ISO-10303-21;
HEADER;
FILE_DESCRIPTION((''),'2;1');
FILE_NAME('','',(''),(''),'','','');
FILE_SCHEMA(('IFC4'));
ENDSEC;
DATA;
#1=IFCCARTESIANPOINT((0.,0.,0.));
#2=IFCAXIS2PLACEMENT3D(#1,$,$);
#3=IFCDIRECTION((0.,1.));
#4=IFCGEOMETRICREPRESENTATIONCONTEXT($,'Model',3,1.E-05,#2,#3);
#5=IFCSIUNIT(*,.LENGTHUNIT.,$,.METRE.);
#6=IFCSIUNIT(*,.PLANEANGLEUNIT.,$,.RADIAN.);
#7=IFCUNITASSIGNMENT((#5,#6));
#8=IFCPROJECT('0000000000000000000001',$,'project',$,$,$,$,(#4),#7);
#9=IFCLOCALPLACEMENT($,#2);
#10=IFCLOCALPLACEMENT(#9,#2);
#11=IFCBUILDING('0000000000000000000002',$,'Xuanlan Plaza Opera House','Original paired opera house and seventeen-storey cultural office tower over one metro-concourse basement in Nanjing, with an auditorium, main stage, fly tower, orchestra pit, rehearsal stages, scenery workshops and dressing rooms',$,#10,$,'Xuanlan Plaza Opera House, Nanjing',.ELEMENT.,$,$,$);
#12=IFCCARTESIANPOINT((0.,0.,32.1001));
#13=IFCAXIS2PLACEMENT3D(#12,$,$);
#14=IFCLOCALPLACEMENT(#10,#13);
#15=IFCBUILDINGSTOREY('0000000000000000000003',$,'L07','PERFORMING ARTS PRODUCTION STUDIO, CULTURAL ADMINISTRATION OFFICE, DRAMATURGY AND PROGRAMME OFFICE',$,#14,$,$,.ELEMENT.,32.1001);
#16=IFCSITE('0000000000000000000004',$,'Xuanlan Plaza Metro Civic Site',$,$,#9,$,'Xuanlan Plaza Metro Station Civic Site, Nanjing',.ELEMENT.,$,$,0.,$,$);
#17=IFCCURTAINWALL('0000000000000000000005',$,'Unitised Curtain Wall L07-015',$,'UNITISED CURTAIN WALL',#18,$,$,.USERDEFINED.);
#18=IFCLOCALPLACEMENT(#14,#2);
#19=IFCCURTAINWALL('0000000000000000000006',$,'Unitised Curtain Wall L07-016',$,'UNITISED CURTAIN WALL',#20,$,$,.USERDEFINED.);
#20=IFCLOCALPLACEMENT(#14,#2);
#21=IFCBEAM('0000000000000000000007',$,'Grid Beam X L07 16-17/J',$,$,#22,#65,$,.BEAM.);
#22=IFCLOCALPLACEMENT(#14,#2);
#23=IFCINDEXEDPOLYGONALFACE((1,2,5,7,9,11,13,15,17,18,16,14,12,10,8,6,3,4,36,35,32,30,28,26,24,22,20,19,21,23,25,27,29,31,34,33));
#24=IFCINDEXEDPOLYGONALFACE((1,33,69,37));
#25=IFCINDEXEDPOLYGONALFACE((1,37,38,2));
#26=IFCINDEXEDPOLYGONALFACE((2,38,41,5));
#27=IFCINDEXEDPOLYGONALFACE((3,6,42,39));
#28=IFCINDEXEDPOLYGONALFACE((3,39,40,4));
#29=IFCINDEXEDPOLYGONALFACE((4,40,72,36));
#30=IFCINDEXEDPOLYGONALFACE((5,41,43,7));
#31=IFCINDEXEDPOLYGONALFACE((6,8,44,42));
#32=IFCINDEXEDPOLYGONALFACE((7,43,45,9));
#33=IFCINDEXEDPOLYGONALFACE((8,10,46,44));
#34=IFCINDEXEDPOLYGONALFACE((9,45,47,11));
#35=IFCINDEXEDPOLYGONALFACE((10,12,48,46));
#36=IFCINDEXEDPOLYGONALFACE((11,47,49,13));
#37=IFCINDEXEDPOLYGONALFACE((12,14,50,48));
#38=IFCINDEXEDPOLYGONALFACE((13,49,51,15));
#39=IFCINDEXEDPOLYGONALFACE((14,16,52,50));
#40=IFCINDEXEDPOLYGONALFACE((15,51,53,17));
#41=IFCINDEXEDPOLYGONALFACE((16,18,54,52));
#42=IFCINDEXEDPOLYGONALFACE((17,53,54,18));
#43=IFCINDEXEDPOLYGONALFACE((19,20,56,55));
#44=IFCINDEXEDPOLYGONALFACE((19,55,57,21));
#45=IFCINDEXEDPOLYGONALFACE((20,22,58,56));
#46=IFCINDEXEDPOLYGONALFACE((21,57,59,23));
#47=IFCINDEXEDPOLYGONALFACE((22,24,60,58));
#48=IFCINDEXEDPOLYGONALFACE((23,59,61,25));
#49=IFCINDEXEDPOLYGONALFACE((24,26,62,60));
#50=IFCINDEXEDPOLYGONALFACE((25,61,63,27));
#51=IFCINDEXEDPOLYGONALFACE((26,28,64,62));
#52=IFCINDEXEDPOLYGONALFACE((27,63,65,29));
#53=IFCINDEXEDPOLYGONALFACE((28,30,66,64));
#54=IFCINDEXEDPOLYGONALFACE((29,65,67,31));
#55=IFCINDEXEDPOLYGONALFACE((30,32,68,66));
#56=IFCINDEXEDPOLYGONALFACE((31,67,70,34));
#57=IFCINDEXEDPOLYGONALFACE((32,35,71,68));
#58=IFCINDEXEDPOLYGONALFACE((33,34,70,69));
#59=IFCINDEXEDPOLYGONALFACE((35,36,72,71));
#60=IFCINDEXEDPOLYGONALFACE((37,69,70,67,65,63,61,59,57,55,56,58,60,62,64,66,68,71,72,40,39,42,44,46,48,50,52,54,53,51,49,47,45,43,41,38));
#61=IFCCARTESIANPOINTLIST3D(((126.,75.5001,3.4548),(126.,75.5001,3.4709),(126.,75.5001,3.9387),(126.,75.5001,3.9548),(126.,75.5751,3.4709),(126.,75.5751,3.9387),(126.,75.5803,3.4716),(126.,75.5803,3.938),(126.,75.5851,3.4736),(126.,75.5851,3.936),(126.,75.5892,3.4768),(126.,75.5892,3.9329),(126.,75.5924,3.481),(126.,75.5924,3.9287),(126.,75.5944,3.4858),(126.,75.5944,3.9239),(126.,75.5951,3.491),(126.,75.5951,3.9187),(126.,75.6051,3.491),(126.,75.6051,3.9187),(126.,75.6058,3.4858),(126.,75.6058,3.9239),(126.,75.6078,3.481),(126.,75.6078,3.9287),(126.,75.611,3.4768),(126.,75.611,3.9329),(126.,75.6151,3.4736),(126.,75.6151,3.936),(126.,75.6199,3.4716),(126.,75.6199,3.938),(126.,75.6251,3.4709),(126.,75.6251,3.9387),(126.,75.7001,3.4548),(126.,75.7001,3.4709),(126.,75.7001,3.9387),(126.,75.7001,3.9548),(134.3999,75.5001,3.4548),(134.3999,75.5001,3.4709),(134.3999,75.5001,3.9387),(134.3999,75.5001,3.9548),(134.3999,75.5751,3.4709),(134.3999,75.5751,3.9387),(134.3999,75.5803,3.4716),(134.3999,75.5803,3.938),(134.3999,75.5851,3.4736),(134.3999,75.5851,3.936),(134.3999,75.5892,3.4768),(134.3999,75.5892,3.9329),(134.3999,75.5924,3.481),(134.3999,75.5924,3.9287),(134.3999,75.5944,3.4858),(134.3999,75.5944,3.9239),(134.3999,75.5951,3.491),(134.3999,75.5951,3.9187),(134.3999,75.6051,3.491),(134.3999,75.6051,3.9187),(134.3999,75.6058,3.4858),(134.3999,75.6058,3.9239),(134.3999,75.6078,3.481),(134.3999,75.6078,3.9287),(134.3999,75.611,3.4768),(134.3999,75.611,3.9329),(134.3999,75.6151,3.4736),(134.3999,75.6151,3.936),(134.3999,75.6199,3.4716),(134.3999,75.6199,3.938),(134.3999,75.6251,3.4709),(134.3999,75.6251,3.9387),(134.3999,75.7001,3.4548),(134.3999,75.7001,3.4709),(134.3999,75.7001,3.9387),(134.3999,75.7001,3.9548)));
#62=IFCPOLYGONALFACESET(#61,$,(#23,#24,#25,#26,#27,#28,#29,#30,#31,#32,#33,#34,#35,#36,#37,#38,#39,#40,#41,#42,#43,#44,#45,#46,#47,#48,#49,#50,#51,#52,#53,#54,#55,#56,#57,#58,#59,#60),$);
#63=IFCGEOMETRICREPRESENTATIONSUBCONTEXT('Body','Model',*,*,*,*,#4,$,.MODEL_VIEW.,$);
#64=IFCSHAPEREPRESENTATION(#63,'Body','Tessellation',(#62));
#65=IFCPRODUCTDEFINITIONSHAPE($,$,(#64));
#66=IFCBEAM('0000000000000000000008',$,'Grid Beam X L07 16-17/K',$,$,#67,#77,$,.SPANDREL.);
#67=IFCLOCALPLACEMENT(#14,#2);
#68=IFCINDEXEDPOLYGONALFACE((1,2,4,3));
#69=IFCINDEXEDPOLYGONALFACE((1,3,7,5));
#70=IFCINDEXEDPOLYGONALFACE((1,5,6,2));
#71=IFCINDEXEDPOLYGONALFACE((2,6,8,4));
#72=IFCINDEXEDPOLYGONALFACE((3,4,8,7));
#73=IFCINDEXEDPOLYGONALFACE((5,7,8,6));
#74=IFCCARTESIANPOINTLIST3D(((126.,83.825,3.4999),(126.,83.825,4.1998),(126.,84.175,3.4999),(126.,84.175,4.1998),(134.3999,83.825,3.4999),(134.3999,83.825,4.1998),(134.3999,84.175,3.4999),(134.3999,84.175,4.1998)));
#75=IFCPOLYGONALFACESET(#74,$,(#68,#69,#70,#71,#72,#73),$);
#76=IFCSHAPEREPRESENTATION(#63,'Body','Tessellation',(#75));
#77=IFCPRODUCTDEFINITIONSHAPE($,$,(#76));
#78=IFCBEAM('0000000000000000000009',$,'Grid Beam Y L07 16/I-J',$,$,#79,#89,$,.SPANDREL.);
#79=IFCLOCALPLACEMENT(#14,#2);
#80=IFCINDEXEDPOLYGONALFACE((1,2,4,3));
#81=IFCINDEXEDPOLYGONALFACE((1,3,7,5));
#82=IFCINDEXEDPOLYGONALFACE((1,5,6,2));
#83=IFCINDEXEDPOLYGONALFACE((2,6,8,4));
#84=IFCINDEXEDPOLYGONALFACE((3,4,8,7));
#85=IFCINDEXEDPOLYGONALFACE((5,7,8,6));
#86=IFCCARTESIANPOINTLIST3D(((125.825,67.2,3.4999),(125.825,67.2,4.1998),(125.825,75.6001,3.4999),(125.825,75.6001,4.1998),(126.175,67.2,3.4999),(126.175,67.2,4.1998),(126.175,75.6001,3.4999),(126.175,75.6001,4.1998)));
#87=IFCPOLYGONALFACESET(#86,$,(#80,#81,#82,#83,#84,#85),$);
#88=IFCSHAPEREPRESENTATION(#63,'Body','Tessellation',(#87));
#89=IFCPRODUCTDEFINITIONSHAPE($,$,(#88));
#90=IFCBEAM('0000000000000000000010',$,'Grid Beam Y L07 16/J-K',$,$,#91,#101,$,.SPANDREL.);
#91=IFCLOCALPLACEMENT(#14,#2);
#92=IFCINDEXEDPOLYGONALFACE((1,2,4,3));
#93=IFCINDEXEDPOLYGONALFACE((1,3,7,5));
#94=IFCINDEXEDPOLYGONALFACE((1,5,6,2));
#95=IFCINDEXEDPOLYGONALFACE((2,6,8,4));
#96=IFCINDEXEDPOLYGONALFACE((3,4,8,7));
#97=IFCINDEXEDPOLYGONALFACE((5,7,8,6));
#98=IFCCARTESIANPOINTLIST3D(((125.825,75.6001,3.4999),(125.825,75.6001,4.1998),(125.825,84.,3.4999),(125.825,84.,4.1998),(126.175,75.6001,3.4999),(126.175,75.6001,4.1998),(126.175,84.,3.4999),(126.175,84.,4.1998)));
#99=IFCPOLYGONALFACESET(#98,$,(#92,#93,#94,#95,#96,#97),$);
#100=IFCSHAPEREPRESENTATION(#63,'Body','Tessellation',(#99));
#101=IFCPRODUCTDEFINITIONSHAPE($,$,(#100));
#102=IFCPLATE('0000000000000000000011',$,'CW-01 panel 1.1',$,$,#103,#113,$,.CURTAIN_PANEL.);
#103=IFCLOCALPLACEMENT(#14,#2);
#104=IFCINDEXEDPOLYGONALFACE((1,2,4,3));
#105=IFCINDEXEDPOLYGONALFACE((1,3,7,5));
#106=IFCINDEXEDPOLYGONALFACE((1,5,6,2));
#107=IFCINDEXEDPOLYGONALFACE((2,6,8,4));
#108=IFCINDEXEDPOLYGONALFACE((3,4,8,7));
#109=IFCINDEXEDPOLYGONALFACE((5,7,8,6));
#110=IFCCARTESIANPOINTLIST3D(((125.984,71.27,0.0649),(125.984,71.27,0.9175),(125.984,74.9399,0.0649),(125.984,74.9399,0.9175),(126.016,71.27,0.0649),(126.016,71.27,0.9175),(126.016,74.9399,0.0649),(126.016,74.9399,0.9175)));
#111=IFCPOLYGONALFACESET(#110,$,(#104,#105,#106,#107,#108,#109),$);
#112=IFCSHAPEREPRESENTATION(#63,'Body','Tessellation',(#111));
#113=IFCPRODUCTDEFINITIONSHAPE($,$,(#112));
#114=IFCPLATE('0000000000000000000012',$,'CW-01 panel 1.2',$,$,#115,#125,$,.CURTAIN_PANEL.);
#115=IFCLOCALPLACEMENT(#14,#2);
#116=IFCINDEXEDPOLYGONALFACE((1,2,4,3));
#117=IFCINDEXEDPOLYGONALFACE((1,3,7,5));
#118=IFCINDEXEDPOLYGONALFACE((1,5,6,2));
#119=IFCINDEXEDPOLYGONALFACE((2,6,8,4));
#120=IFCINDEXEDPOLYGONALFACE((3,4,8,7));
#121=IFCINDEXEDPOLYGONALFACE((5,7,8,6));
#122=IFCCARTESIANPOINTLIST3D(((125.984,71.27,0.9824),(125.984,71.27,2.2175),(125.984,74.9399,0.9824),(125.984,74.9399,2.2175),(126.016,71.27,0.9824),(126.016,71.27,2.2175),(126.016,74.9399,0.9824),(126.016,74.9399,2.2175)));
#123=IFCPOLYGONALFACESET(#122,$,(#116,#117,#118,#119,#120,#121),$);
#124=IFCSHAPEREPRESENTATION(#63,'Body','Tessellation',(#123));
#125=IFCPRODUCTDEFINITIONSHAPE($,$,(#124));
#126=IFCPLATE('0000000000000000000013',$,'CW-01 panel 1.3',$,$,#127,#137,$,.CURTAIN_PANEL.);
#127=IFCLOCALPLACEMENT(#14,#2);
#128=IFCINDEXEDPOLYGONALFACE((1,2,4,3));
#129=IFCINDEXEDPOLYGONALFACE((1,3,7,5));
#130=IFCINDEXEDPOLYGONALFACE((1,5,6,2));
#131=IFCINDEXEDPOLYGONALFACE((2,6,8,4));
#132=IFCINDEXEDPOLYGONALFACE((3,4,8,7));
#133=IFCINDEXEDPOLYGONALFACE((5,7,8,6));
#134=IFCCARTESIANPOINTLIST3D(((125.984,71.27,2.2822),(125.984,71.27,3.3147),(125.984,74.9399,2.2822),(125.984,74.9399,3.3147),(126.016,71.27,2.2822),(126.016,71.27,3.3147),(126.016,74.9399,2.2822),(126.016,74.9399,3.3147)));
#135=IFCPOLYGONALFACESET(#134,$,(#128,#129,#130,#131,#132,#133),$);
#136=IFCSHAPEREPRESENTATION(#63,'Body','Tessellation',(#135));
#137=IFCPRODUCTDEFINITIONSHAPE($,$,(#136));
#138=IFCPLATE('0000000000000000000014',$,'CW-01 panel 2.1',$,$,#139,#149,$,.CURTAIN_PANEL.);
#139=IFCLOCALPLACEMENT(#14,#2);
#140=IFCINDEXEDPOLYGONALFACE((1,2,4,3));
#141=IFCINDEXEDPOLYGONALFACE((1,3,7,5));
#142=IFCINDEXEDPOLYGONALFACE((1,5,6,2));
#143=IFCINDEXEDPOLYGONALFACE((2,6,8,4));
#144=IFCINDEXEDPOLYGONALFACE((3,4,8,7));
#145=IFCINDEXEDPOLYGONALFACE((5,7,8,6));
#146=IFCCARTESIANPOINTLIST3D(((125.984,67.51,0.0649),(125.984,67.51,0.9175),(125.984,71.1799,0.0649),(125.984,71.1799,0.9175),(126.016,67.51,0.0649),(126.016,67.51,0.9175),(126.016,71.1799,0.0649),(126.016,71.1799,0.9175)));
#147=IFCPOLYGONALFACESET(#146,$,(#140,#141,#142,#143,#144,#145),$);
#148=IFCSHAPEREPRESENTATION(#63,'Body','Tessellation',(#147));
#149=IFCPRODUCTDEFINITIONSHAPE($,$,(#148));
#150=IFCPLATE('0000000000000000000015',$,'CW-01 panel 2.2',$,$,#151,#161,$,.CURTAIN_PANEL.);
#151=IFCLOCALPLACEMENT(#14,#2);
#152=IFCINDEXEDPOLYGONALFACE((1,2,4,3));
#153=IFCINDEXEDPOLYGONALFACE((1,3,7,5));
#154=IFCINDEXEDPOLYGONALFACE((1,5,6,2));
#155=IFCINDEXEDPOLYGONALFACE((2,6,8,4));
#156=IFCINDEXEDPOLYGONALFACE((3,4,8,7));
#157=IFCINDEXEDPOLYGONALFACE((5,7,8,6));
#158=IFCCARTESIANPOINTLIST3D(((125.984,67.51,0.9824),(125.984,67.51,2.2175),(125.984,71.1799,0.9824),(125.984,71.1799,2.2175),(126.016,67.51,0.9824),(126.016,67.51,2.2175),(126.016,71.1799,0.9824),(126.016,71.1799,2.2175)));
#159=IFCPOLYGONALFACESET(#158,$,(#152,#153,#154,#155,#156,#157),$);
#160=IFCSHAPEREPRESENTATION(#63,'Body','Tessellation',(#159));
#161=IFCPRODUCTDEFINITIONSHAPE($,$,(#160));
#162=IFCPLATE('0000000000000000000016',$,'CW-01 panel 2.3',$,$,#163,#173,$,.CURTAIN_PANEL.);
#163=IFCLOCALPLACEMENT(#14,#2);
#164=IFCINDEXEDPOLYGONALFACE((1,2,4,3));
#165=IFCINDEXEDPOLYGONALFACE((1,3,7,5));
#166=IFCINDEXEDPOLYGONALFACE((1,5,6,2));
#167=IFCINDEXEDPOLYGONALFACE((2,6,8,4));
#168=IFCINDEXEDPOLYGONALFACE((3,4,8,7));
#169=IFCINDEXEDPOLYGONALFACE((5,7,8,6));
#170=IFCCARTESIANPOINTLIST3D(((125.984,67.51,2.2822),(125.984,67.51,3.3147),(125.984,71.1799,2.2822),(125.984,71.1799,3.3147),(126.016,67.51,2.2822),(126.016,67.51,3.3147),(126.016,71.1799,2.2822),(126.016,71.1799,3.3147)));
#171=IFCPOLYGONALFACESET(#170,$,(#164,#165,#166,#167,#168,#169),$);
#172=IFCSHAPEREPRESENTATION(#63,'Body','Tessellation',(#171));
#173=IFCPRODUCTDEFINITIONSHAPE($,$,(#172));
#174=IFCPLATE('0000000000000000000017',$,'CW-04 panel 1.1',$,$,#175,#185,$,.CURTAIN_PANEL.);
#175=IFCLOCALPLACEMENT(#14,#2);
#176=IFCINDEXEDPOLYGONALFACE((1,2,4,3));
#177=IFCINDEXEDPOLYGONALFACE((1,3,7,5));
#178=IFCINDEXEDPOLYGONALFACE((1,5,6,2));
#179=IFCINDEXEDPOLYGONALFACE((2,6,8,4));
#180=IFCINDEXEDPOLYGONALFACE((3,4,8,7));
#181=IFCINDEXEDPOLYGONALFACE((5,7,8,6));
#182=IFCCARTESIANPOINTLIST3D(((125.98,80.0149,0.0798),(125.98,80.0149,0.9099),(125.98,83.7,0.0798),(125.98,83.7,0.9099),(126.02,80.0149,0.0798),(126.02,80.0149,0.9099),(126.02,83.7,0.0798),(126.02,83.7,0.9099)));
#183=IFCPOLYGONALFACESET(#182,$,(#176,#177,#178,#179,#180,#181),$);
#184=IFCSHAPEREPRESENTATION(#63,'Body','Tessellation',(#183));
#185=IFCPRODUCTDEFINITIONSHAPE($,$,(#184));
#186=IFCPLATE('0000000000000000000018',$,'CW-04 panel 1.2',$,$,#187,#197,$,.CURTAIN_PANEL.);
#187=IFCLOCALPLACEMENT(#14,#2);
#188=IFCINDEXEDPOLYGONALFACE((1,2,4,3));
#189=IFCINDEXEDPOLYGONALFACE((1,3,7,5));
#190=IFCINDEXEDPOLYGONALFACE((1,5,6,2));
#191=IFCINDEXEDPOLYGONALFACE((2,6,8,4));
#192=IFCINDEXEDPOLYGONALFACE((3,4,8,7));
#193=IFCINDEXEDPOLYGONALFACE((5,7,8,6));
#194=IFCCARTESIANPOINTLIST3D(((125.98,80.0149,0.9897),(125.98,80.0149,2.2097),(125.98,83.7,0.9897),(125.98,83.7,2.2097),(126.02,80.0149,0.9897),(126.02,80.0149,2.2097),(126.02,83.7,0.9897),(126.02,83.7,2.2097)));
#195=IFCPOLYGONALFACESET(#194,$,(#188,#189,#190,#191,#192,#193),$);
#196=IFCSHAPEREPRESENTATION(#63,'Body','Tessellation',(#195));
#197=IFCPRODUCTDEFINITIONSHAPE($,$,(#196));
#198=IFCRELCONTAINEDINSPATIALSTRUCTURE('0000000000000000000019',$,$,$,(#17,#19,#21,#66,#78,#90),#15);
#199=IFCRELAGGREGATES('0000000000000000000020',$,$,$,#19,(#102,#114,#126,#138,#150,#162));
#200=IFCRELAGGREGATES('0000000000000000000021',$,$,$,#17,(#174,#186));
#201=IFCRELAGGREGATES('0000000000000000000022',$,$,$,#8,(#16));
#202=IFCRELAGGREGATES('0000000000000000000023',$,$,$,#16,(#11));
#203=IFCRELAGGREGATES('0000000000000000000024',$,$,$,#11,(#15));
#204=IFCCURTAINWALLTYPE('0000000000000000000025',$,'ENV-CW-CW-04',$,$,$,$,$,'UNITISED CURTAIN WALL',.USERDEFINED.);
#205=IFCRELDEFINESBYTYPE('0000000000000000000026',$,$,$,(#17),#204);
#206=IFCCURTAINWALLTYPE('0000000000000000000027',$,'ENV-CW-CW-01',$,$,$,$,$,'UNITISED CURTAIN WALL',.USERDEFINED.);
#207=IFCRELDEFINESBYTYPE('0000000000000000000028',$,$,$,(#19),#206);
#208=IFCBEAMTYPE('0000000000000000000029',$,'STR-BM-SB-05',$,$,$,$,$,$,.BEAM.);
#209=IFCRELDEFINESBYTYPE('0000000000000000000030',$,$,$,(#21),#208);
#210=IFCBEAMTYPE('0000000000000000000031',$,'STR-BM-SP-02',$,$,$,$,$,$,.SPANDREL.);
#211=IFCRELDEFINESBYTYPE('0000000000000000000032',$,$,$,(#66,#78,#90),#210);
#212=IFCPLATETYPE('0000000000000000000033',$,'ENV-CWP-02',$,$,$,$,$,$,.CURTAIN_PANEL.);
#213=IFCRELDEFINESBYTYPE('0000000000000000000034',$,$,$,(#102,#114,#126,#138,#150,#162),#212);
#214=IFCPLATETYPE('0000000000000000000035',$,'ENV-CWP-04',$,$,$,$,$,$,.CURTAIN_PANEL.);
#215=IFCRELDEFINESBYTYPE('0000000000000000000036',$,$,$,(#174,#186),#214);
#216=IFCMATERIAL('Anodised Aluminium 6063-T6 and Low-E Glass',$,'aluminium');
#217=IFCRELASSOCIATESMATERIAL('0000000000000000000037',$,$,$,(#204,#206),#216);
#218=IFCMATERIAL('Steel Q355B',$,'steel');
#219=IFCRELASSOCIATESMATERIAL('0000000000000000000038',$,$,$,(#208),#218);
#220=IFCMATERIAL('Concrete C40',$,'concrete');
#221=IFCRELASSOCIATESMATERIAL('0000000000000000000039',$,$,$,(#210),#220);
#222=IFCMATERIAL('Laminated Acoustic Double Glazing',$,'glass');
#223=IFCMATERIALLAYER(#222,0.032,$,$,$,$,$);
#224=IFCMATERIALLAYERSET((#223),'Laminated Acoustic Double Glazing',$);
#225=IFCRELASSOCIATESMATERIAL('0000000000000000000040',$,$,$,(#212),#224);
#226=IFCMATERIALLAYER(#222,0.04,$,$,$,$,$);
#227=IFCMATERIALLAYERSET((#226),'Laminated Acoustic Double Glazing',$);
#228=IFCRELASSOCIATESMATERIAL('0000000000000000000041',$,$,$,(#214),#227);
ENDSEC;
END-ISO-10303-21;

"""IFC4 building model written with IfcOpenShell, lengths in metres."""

from ifc_helpers import new_model, si_unit, direction, frame, origin, origin_2d, place, context, subcontext, project, spatial, rectangle, i_section, extrude, material, layer, layer_set, material_profile, profile_set, type_object, element, aggregate, save


model = new_model("IFC4")

# Units and contexts
model_context = context("Model", 3, precision=1e-05, world=origin(), true_north=direction((0.0, 1.0)))
body_context = subcontext(model_context, "Body", "Model", "MODEL_VIEW")
ifc_project = project(units=[si_unit("LENGTHUNIT", "METRE"), si_unit("PLANEANGLEUNIT", "RADIAN")], contexts=[model_context])

# Site, building, storey
site_placement = place(None, origin())
site = spatial("IfcSite", under=ifc_project, at=site_placement, Name="Xuanlan Plaza Metro Civic Site", LongName="Xuanlan Plaza Metro Station Civic Site, Nanjing", CompositionType="ELEMENT", RefElevation=0.0)
building_placement = place(site_placement, origin())
building = spatial("IfcBuilding", under=site, at=building_placement, Name="Xuanlan Plaza Opera House", Description="Original paired opera house and seventeen-storey cultural office tower over one metro-concourse basement in Nanjing, with an auditorium, main stage, fly tower, orchestra pit, rehearsal stages, scenery workshops and dressing rooms", LongName="Xuanlan Plaza Opera House, Nanjing", CompositionType="ELEMENT")
storey_placement = place(building_placement, frame((0.0, 0.0, 32.1001)))
storey = spatial("IfcBuildingStorey", under=building, at=storey_placement, Name="L07", Description="PERFORMING ARTS PRODUCTION STUDIO, CULTURAL ADMINISTRATION OFFICE, DRAMATURGY AND PROGRAMME OFFICE", CompositionType="ELEMENT", Elevation=32.1001)

# Shared definitions
ifc_material_1 = material(Name="Steel Q355B", Category="steel")

# Curtain walls
ifc_material_2 = material(Name="Anodised Aluminium 6063-T6 and Low-E Glass", Category="aluminium")
curtain_wall_type_1 = type_object("IfcCurtainWallType", Name="ENV-CW-CW-04", ElementType="UNITISED CURTAIN WALL", PredefinedType="USERDEFINED", material=ifc_material_2)
curtain_wall_1_placement = place(storey_placement, origin())
curtain_wall_1 = element("IfcCurtainWall", 1, at=curtain_wall_1_placement, inside=storey, type_object=curtain_wall_type_1, Name="Unitised Curtain Wall L07-015", ObjectType="UNITISED CURTAIN WALL", PredefinedType="USERDEFINED")
curtain_wall_type_2 = type_object("IfcCurtainWallType", Name="ENV-CW-CW-01", ElementType="UNITISED CURTAIN WALL", PredefinedType="USERDEFINED", material=ifc_material_2)
curtain_wall_2_placement = place(storey_placement, origin())
curtain_wall_2 = element("IfcCurtainWall", 2, at=curtain_wall_2_placement, inside=storey, type_object=curtain_wall_type_2, Name="Unitised Curtain Wall L07-016", ObjectType="UNITISED CURTAIN WALL", PredefinedType="USERDEFINED")

# Beams
ifc_material_profile_1 = material_profile(ifc_material_1, i_section(OverallWidth=0.2, OverallDepth=0.5, WebThickness=0.01, FlangeThickness=0.0161, FilletRadius=0.02, at=origin_2d()), Name="HN 500x200x10x16")
ifc_profile_set_1 = profile_set([ifc_material_profile_1], Name="Steel Q355B")
beam_type_1 = type_object("IfcBeamType", Name="STR-BM-SB-05", PredefinedType="BEAM", material=ifc_profile_set_1)
beam_1_placement = place(storey_placement, frame((126.0, 75.6001, 3.7048), z_axis=(1.0, 0.0, 0.0), x_axis=(0.0, 1.0, 0.0)))
element("IfcBeam", 3, at=beam_1_placement, inside=storey, type_object=beam_type_1, Name="Grid Beam X L07 16-17/J", PredefinedType="BEAM", context=body_context, shape_type="SweptSolid", body=[
    extrude(i_section(OverallWidth=0.2, OverallDepth=0.5, WebThickness=0.01, FlangeThickness=0.0161, FilletRadius=0.02, at=origin_2d()), origin(), (0.0, 0.0, 1.0), 8.3999),
])
ifc_material_3 = material(Name="Concrete C40", Category="concrete")
ifc_material_profile_2 = material_profile(ifc_material_3, rectangle(XDim=0.3501, YDim=0.7, at=origin_2d()), Name="RC-SPD 350x700")
ifc_profile_set_2 = profile_set([ifc_material_profile_2], Name="Concrete C40")
beam_type_2 = type_object("IfcBeamType", Name="STR-BM-SP-02", PredefinedType="SPANDREL", material=ifc_profile_set_2)
beam_2_placement = place(storey_placement, frame((126.0, 84.0, 3.8499), z_axis=(1.0, 0.0, 0.0), x_axis=(0.0, 1.0, 0.0)))
element("IfcBeam", 4, at=beam_2_placement, inside=storey, type_object=beam_type_2, Name="Grid Beam X L07 16-17/K", PredefinedType="SPANDREL", context=body_context, shape_type="SweptSolid", body=[
    extrude(rectangle(XDim=0.3501, YDim=0.7, at=origin_2d()), origin(), (0.0, 0.0, 1.0), 8.3999),
])
beam_3_placement = place(storey_placement, frame((126.0, 67.2, 3.8499), z_axis=(0.0, 1.0, 0.0), x_axis=(-1.0, 0.0, 0.0)))
element("IfcBeam", 5, at=beam_3_placement, inside=storey, type_object=beam_type_2, Name="Grid Beam Y L07 16/I-J", PredefinedType="SPANDREL", context=body_context, shape_type="SweptSolid", body=[
    extrude(rectangle(XDim=0.3501, YDim=0.7, at=origin_2d()), origin(), (0.0, 0.0, 1.0), 8.4001),
])
beam_4_placement = place(storey_placement, frame((126.0, 75.6001, 3.8499), z_axis=(0.0, 1.0, 0.0), x_axis=(-1.0, 0.0, 0.0)))
element("IfcBeam", 6, at=beam_4_placement, inside=storey, type_object=beam_type_2, Name="Grid Beam Y L07 16/J-K", PredefinedType="SPANDREL", context=body_context, shape_type="SweptSolid", body=[
    extrude(rectangle(XDim=0.3501, YDim=0.7, at=origin_2d()), origin(), (0.0, 0.0, 1.0), 8.3999),
])

# Plates
ifc_material_4 = material(Name="Laminated Acoustic Double Glazing", Category="glass")
ifc_layer_1 = layer(ifc_material_4, 0.032)
ifc_layer_set_1 = layer_set([ifc_layer_1], Name="Laminated Acoustic Double Glazing")
plate_type_1 = type_object("IfcPlateType", Name="ENV-CWP-02", PredefinedType="CURTAIN_PANEL", material=ifc_layer_set_1)
plate_1_placement = place(storey_placement, frame((126.0, 73.105, 0.0649), z_axis=(0.0, 0.0, 1.0), x_axis=(0.0, -1.0, 0.0)))
plate_1 = element("IfcPlate", 7, at=plate_1_placement, type_object=plate_type_1, Name="CW-01 panel 1.1", PredefinedType="CURTAIN_PANEL", context=body_context, shape_type="SweptSolid", body=[
    extrude(rectangle(XDim=3.6699, YDim=0.032, at=origin_2d()), origin(), (0.0, 0.0, 1.0), 0.8525),
])
plate_2_placement = place(storey_placement, frame((126.0, 73.105, 0.9824), z_axis=(0.0, 0.0, 1.0), x_axis=(0.0, -1.0, 0.0)))
plate_2 = element("IfcPlate", 8, at=plate_2_placement, type_object=plate_type_1, Name="CW-01 panel 1.2", PredefinedType="CURTAIN_PANEL", context=body_context, shape_type="SweptSolid", body=[
    extrude(rectangle(XDim=3.6699, YDim=0.032, at=origin_2d()), origin(), (0.0, 0.0, 1.0), 1.2351),
])
plate_3_placement = place(storey_placement, frame((126.0, 73.105, 2.2822), z_axis=(0.0, 0.0, 1.0), x_axis=(0.0, -1.0, 0.0)))
plate_3 = element("IfcPlate", 9, at=plate_3_placement, type_object=plate_type_1, Name="CW-01 panel 1.3", PredefinedType="CURTAIN_PANEL", context=body_context, shape_type="SweptSolid", body=[
    extrude(rectangle(XDim=3.6699, YDim=0.032, at=origin_2d()), origin(), (0.0, 0.0, 1.0), 1.0325),
])
plate_4_placement = place(storey_placement, frame((126.0, 69.345, 0.0649), z_axis=(0.0, 0.0, 1.0), x_axis=(0.0, -1.0, 0.0)))
plate_4 = element("IfcPlate", 10, at=plate_4_placement, type_object=plate_type_1, Name="CW-01 panel 2.1", PredefinedType="CURTAIN_PANEL", context=body_context, shape_type="SweptSolid", body=[
    extrude(rectangle(XDim=3.6699, YDim=0.032, at=origin_2d()), origin(), (0.0, 0.0, 1.0), 0.8525),
])
plate_5_placement = place(storey_placement, frame((126.0, 69.345, 0.9824), z_axis=(0.0, 0.0, 1.0), x_axis=(0.0, -1.0, 0.0)))
plate_5 = element("IfcPlate", 11, at=plate_5_placement, type_object=plate_type_1, Name="CW-01 panel 2.2", PredefinedType="CURTAIN_PANEL", context=body_context, shape_type="SweptSolid", body=[
    extrude(rectangle(XDim=3.6699, YDim=0.032, at=origin_2d()), origin(), (0.0, 0.0, 1.0), 1.2351),
])
plate_6_placement = place(storey_placement, frame((126.0, 69.345, 2.2822), z_axis=(0.0, 0.0, 1.0), x_axis=(0.0, -1.0, 0.0)))
plate_6 = element("IfcPlate", 12, at=plate_6_placement, type_object=plate_type_1, Name="CW-01 panel 2.3", PredefinedType="CURTAIN_PANEL", context=body_context, shape_type="SweptSolid", body=[
    extrude(rectangle(XDim=3.6699, YDim=0.032, at=origin_2d()), origin(), (0.0, 0.0, 1.0), 1.0325),
])
aggregate(curtain_wall_2, [plate_1, plate_2, plate_3, plate_4, plate_5, plate_6])
ifc_layer_2 = layer(ifc_material_4, 0.04)
ifc_layer_set_2 = layer_set([ifc_layer_2], Name="Laminated Acoustic Double Glazing")
plate_type_2 = type_object("IfcPlateType", Name="ENV-CWP-04", PredefinedType="CURTAIN_PANEL", material=ifc_layer_set_2)
plate_7_placement = place(storey_placement, frame((126.0, 81.8574, 0.0798), z_axis=(0.0, 0.0, 1.0), x_axis=(0.0, -1.0, 0.0)))
plate_7 = element("IfcPlate", 13, at=plate_7_placement, type_object=plate_type_2, Name="CW-04 panel 1.1", PredefinedType="CURTAIN_PANEL", context=body_context, shape_type="SweptSolid", body=[
    extrude(rectangle(XDim=3.6851, YDim=0.04, at=origin_2d()), origin(), (0.0, 0.0, 1.0), 0.8301),
])
plate_8_placement = place(storey_placement, frame((126.0, 81.8574, 0.9897), z_axis=(0.0, 0.0, 1.0), x_axis=(0.0, -1.0, 0.0)))
plate_8 = element("IfcPlate", 14, at=plate_8_placement, type_object=plate_type_2, Name="CW-04 panel 1.2", PredefinedType="CURTAIN_PANEL", context=body_context, shape_type="SweptSolid", body=[
    extrude(rectangle(XDim=3.6851, YDim=0.04, at=origin_2d()), origin(), (0.0, 0.0, 1.0), 1.22),
])
aggregate(curtain_wall_1, [plate_7, plate_8])

save(model, "model.ifc")
